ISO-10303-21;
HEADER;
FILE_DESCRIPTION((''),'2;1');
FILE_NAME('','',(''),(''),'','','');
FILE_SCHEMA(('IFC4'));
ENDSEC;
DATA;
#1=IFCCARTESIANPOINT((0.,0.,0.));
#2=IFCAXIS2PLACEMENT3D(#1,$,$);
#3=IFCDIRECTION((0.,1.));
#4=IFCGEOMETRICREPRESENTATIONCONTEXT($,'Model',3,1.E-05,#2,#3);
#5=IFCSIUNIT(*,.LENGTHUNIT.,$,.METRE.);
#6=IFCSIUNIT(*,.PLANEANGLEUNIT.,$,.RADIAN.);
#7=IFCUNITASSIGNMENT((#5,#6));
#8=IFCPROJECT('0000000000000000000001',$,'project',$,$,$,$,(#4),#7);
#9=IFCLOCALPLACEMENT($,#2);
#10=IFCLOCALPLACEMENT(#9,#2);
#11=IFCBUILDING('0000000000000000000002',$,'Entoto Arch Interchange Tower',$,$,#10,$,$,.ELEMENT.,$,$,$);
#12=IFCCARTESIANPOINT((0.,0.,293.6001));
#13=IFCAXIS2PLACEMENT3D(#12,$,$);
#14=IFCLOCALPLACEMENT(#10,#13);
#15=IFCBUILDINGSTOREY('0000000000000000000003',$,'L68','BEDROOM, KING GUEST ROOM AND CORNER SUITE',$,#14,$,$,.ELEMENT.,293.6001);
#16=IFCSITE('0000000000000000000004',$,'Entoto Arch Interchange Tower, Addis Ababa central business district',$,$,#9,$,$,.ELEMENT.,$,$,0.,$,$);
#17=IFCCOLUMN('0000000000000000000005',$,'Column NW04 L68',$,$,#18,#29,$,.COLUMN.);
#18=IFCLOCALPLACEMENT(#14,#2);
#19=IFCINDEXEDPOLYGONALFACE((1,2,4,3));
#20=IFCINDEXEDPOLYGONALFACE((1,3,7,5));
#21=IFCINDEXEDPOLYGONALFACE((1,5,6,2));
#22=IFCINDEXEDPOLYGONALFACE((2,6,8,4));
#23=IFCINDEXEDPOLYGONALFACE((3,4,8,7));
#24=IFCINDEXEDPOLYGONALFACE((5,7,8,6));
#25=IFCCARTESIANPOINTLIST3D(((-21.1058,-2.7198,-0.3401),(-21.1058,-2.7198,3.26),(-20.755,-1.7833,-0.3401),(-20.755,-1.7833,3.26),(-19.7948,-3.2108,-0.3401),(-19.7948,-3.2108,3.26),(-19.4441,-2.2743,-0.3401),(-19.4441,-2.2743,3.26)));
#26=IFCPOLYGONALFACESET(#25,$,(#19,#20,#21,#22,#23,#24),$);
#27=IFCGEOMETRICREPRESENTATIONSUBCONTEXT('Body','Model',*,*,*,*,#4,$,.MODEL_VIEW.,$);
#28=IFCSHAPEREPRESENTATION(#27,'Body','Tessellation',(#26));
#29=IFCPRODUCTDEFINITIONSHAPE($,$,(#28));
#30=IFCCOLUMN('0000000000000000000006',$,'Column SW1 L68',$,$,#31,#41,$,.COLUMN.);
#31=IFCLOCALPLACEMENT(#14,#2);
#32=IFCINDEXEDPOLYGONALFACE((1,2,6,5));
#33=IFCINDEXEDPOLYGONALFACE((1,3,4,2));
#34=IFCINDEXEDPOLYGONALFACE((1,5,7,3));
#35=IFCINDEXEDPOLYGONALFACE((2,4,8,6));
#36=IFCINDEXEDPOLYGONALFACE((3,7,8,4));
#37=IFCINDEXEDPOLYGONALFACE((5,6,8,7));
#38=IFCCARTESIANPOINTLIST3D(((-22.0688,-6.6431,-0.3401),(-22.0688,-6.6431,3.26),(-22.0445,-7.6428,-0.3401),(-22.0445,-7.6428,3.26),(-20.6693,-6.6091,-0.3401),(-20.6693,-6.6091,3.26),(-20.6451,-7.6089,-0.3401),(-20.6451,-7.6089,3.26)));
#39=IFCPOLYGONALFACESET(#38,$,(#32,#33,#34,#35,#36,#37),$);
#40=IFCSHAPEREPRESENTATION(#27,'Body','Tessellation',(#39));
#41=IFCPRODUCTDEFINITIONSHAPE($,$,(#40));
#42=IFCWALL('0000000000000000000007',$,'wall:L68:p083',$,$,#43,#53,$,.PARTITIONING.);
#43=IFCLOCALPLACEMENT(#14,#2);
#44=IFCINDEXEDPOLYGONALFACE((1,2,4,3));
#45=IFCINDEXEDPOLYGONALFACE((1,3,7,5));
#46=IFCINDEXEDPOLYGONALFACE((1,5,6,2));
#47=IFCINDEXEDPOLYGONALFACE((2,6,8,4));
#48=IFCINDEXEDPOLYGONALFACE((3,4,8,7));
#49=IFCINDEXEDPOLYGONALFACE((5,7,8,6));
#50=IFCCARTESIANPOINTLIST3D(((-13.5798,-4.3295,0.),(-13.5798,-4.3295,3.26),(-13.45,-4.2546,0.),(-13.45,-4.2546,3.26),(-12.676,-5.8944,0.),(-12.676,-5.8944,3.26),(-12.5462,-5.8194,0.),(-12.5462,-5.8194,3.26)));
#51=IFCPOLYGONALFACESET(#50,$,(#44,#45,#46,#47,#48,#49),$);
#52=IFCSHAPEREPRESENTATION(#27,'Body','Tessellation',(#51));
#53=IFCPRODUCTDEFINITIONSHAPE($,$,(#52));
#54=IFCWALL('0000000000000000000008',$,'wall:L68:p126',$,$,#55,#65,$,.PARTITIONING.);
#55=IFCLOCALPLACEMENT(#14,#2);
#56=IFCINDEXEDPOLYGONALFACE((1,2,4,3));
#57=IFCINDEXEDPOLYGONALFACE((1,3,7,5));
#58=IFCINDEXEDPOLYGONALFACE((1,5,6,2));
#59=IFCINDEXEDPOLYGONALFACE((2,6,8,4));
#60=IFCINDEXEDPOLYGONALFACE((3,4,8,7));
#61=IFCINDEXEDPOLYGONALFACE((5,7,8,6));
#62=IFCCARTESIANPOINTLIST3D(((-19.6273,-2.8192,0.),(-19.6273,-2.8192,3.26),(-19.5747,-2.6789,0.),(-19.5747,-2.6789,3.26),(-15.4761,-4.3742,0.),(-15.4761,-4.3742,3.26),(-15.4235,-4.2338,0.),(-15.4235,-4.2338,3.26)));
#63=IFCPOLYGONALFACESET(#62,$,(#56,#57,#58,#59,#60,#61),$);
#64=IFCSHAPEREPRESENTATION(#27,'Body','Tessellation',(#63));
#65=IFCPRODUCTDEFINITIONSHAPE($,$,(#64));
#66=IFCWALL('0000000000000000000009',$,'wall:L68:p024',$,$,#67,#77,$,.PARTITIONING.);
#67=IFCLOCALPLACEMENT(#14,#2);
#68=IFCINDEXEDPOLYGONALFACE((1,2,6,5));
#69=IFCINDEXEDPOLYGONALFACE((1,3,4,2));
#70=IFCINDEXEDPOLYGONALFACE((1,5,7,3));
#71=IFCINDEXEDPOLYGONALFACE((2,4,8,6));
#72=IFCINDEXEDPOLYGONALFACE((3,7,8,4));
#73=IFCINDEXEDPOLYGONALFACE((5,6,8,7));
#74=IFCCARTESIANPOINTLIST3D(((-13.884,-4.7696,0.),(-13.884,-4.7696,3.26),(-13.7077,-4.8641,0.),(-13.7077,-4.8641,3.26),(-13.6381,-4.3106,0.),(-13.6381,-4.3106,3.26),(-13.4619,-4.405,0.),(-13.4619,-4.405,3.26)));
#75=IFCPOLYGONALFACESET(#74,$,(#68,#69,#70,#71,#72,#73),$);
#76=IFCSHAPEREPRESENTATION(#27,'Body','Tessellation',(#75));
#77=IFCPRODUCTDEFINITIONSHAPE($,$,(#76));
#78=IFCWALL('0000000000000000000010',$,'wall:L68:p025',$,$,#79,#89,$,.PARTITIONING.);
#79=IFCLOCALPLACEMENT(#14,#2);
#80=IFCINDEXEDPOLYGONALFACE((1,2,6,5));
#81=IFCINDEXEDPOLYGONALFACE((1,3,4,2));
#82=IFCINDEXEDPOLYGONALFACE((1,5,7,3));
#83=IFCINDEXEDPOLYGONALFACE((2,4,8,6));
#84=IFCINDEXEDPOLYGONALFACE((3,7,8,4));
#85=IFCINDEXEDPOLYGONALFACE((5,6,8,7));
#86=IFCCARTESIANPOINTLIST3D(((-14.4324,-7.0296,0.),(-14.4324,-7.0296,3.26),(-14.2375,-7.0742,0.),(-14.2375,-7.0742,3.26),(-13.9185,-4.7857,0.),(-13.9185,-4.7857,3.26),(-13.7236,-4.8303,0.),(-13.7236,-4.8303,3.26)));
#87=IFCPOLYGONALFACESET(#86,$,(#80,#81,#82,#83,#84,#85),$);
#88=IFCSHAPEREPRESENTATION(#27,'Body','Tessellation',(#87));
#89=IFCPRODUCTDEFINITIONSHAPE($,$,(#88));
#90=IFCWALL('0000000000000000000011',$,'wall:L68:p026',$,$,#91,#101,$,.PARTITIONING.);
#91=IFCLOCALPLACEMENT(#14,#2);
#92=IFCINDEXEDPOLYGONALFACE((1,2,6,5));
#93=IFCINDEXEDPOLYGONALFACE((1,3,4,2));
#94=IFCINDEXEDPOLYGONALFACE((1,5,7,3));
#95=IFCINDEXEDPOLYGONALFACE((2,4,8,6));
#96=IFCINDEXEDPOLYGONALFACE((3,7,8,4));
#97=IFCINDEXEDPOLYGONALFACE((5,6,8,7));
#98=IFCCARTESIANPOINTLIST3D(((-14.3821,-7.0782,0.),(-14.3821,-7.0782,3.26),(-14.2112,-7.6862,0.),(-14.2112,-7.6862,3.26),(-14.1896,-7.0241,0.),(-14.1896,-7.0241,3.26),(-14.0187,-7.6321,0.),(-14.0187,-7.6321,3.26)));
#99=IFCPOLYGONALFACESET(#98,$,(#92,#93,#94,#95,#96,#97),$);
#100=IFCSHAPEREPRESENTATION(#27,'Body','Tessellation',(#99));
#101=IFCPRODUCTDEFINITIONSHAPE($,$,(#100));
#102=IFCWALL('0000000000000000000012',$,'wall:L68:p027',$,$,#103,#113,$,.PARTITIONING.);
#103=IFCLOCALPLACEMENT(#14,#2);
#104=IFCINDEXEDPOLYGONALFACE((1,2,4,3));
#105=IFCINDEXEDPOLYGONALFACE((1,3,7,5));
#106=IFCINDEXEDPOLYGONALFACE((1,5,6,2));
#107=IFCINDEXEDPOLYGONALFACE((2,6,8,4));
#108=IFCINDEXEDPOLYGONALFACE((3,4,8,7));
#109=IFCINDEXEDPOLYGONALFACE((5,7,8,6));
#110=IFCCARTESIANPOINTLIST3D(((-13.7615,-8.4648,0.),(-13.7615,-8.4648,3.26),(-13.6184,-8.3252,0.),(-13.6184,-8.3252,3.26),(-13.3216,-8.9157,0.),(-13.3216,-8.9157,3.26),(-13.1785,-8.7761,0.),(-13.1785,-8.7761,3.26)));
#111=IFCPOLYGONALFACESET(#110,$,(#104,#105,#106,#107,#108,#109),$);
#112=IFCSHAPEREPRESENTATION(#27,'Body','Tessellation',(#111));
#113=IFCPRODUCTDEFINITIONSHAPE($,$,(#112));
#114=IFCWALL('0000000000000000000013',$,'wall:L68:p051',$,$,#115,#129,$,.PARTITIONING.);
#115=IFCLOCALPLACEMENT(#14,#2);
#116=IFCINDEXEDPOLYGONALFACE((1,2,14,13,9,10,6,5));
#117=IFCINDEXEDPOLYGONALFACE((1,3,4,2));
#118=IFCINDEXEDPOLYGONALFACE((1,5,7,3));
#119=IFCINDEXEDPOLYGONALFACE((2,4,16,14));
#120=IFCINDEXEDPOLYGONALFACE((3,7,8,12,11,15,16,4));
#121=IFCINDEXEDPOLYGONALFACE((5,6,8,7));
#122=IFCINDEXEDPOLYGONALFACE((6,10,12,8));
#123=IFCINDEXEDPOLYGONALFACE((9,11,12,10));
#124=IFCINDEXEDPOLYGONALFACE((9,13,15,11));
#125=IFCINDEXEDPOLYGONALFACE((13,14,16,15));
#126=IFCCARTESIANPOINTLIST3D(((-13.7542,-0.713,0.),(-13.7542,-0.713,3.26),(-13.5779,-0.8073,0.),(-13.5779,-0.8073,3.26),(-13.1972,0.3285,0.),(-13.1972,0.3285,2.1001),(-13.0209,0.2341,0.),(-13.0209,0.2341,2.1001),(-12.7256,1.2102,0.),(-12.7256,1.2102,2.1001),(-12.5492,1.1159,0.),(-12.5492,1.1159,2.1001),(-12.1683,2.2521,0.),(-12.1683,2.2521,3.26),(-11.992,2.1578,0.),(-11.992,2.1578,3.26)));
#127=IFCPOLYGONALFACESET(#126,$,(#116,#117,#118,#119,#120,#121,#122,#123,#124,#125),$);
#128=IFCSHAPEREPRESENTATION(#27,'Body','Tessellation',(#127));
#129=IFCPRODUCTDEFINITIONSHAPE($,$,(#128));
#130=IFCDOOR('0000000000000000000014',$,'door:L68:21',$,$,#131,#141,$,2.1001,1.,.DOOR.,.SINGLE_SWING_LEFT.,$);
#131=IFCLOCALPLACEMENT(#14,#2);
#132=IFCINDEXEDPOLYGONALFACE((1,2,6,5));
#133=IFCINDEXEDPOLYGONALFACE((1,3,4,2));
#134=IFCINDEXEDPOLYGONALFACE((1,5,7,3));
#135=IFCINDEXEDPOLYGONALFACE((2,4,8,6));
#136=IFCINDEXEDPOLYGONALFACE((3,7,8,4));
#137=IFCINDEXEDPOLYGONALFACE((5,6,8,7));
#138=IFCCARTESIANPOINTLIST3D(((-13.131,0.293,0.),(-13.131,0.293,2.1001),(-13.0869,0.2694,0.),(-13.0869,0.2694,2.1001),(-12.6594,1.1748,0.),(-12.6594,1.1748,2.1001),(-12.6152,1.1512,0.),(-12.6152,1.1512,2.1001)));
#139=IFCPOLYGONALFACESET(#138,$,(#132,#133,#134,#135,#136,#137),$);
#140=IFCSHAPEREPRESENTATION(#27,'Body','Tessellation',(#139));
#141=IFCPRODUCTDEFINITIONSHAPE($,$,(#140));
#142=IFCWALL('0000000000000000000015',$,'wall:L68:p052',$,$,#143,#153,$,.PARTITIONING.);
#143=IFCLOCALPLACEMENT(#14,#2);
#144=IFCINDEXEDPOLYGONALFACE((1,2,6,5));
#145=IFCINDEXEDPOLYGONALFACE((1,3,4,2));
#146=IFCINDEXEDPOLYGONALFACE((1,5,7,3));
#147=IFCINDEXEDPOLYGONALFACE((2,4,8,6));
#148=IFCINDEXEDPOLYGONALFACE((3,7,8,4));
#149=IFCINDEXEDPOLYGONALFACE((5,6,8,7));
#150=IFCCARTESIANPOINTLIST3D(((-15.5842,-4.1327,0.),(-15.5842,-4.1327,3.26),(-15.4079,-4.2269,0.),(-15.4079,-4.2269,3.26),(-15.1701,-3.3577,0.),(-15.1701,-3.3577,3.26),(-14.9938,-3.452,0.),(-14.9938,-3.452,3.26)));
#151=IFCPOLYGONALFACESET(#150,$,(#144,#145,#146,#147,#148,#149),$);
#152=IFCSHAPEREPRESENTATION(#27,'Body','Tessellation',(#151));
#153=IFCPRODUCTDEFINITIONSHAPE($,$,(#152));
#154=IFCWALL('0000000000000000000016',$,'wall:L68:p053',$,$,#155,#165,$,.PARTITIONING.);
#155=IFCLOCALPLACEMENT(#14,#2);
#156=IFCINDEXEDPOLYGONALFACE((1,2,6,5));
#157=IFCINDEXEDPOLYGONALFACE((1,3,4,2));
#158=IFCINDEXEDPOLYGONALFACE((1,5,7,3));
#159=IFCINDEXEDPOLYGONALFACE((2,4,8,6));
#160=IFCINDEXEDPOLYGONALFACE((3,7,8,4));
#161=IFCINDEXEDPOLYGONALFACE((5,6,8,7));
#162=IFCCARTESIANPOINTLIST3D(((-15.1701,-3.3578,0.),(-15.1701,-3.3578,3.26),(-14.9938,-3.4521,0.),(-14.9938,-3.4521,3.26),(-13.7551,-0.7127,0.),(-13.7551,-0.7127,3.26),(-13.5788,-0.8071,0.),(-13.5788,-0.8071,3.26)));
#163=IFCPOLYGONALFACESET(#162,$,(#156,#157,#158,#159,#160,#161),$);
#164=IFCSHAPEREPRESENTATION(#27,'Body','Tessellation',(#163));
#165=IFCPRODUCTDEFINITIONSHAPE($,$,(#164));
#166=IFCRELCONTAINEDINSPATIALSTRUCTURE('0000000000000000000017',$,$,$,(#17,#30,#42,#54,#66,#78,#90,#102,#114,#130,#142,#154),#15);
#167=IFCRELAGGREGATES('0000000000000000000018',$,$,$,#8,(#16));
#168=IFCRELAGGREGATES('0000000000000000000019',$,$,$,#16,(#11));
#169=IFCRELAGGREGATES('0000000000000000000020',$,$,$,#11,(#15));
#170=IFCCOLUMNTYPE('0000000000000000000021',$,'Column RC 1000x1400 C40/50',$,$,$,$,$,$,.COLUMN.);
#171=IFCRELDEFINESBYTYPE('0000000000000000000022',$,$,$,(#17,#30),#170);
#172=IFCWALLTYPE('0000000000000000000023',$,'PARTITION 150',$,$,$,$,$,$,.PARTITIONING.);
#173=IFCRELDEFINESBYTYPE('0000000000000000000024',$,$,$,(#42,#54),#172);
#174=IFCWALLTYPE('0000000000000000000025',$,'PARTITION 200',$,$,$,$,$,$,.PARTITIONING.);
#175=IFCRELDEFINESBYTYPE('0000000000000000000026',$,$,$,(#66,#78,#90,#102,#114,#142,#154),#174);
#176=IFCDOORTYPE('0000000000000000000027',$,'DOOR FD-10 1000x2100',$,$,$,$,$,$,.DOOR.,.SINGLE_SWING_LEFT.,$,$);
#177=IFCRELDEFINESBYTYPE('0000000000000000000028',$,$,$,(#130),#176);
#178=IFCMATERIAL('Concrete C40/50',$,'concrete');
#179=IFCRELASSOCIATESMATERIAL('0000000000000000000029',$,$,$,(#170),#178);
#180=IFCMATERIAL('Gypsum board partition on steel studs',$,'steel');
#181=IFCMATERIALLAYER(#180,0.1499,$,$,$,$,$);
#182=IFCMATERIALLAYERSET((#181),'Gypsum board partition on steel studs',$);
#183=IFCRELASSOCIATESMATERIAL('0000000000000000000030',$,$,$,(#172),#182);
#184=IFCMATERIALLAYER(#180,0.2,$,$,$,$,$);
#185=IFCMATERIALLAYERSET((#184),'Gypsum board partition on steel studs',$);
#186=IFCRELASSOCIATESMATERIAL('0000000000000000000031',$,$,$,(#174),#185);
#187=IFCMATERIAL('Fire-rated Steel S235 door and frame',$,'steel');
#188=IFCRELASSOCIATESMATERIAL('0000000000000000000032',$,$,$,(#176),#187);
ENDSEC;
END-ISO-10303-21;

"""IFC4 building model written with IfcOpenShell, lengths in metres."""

from ifc_helpers import new_model, si_unit, direction, frame, frame_2d, origin, origin_2d, place, context, subcontext, project, spatial, rectangle, extrude, material, layer, layer_set, material_profile, profile_set, type_object, element, fill, save


model = new_model("IFC4")

# Units and contexts
model_context = context("Model", 3, precision=1e-05, world=origin(), true_north=direction((0.0, 1.0)))
body_context = subcontext(model_context, "Body", "Model", "MODEL_VIEW")
ifc_project = project(units=[si_unit("LENGTHUNIT", "METRE"), si_unit("PLANEANGLEUNIT", "RADIAN")], contexts=[model_context])

# Site, building, storey
site_placement = place(None, origin())
site = spatial("IfcSite", under=ifc_project, at=site_placement, Name="Entoto Arch Interchange Tower, Addis Ababa central business district", CompositionType="ELEMENT", RefElevation=0.0)
building_placement = place(site_placement, origin())
building = spatial("IfcBuilding", under=site, at=building_placement, Name="Entoto Arch Interchange Tower", CompositionType="ELEMENT")
storey_placement = place(building_placement, frame((0.0, 0.0, 293.6001)))
storey = spatial("IfcBuildingStorey", under=building, at=storey_placement, Name="L68", Description="BEDROOM, KING GUEST ROOM AND CORNER SUITE", CompositionType="ELEMENT", Elevation=293.6001)

# Columns
ifc_material_1 = material(Name="Concrete C40/50", Category="concrete")
ifc_material_profile = material_profile(ifc_material_1, rectangle(XDim=1.0, YDim=1.3999, at=origin_2d()))
ifc_profile_set = profile_set([ifc_material_profile], Name="Concrete C40/50")
column_type = type_object("IfcColumnType", Name="Column RC 1000x1400 C40/50", PredefinedType="COLUMN", material=ifc_profile_set)
for number, where, z_axis, x_axis, name in (
    (1, (-20.2749, -2.4971, -0.3401), (0.0, 0.0, 1.0), (0.350714, 0.936483, 0.0), "Column NW04 L68"),
    (2, (-21.3569, -7.126, -0.3401), (0.0, 0.0, 1.0), (-0.024258, 0.999706, 0.0), "Column SW1 L68"),
):
    element("IfcColumn", number, at=place(storey_placement, frame(where, z_axis=z_axis, x_axis=x_axis)), inside=storey, type_object=column_type, Name=name, PredefinedType="COLUMN", context=body_context, shape_type="SweptSolid", body=[
        extrude(rectangle(XDim=1.0, YDim=1.3999, at=origin_2d()), origin(), (0.0, 0.0, 1.0), 3.6001),
    ])

# Walls
ifc_material_2 = material(Name="Gypsum board partition on steel studs", Category="steel")
ifc_layer_1 = layer(ifc_material_2, 0.1499)
ifc_layer_set_1 = layer_set([ifc_layer_1], Name="Gypsum board partition on steel studs")
wall_type_1 = type_object("IfcWallType", Name="PARTITION 150", PredefinedType="PARTITIONING", material=ifc_layer_set_1)
wall_1_placement = place(storey_placement, frame((-12.6111, -5.8569, 0.0), z_axis=(0.0, 0.0, 1.0), x_axis=(-0.50012, 0.865956, 0.0)))
element("IfcWall", 3, at=wall_1_placement, inside=storey, type_object=wall_type_1, Name="wall:L68:p083", PredefinedType="PARTITIONING", context=body_context, shape_type="SweptSolid", body=[
    extrude(rectangle(XDim=1.8071, YDim=0.1499, at=frame_2d((0.9036, 0.0))), origin(), (0.0, 0.0, 1.0), 3.26),
])
wall_2_placement = place(storey_placement, frame((-15.45, -4.304, 0.0), z_axis=(0.0, 0.0, 1.0), x_axis=(-0.936458, 0.350779, 0.0)))
element("IfcWall", 4, at=wall_2_placement, inside=storey, type_object=wall_type_1, Name="wall:L68:p126", PredefinedType="PARTITIONING", context=body_context, shape_type="SweptSolid", body=[
    extrude(rectangle(XDim=4.4329, YDim=0.1499, at=frame_2d((2.2163, 0.0))), origin(), (0.0, 0.0, 1.0), 3.26),
])
ifc_layer_2 = layer(ifc_material_2, 0.2)
ifc_layer_set_2 = layer_set([ifc_layer_2], Name="Gypsum board partition on steel studs")
wall_type_2 = type_object("IfcWallType", Name="PARTITION 200", PredefinedType="PARTITIONING", material=ifc_layer_set_2)
wall_3_placement = place(storey_placement, frame((-13.55, -4.3579, 0.0), z_axis=(0.0, 0.0, 1.0), x_axis=(-0.472169, -0.881508, 0.0)))
element("IfcWall", 5, at=wall_3_placement, inside=storey, type_object=wall_type_2, Name="wall:L68:p024", PredefinedType="PARTITIONING", context=body_context, shape_type="SweptSolid", body=[
    extrude(rectangle(XDim=0.5208, YDim=0.2, at=frame_2d((0.2603, 0.0))), origin(), (0.0, 0.0, 1.0), 3.26),
])
wall_4_placement = place(storey_placement, frame((-13.821, -4.8081, 0.0), z_axis=(0.0, 0.0, 1.0), x_axis=(-0.223248, -0.974762, 0.0)))
element("IfcWall", 6, at=wall_4_placement, inside=storey, type_object=wall_type_2, Name="wall:L68:p025", PredefinedType="PARTITIONING", context=body_context, shape_type="SweptSolid", body=[
    extrude(rectangle(XDim=2.302, YDim=0.2, at=frame_2d((1.1509, 0.0))), origin(), (0.0, 0.0, 1.0), 3.26),
])
wall_5_placement = place(storey_placement, frame((-14.2859, -7.051, 0.0), z_axis=(0.0, 0.0, 1.0), x_axis=(0.270634, -0.962682, 0.0)))
element("IfcWall", 7, at=wall_5_placement, inside=storey, type_object=wall_type_2, Name="wall:L68:p026", PredefinedType="PARTITIONING", context=body_context, shape_type="SweptSolid", body=[
    extrude(rectangle(XDim=0.6316, YDim=0.2, at=frame_2d((0.3159, 0.0))), origin(), (0.0, 0.0, 1.0), 3.26),
])
wall_6_placement = place(storey_placement, frame((-13.6899, -8.395, 0.0), z_axis=(0.0, 0.0, 1.0), x_axis=(0.698334, -0.715772, 0.0)))
element("IfcWall", 8, at=wall_6_placement, inside=storey, type_object=wall_type_2, Name="wall:L68:p027", PredefinedType="PARTITIONING", context=body_context, shape_type="SweptSolid", body=[
    extrude(rectangle(XDim=0.6299, YDim=0.2, at=frame_2d((0.3149, 0.0))), origin(), (0.0, 0.0, 1.0), 3.26),
])

# Wall, opening, door
wall_7_placement = place(storey_placement, frame((-13.666, -0.76, 0.0), z_axis=(0.0, 0.0, 1.0), x_axis=(0.471643, 0.88179, 0.0)))
wall_7 = element("IfcWall", 9, at=wall_7_placement, inside=storey, type_object=wall_type_2, Name="wall:L68:p051", PredefinedType="PARTITIONING", context=body_context, shape_type="SweptSolid", body=[
    extrude(rectangle(XDim=3.3625, YDim=0.2, at=frame_2d((1.6812, 0.0))), origin(), (0.0, 0.0, 1.0), 3.26),
])
opening_1_placement = place(wall_7_placement, frame((1.1809, 0.0, 0.0)))
opening_1 = element("IfcOpeningElement", 10, at=opening_1_placement, cuts=wall_7, PredefinedType="OPENING", context=body_context, shape_type="SweptSolid", body=[
    extrude(rectangle(XDim=1.0, YDim=2.1001, at=frame_2d((0.5, 1.05))), frame((0.0, 0.1099, 0.0), z_axis=(0.0, -1.0, 0.0), x_axis=(1.0, 0.0, 0.0)), (0.0, 0.0, 1.0), 0.22),
])
ifc_material_3 = material(Name="Fire-rated Steel S235 door and frame", Category="steel")
door_type = type_object("IfcDoorType", Name="DOOR FD-10 1000x2100", OperationType="SINGLE_SWING_LEFT", PredefinedType="DOOR", material=ifc_material_3)
door_1_placement = place(opening_1_placement, origin())
door_1 = element("IfcDoor", 11, at=door_1_placement, inside=storey, type_object=door_type, Name="door:L68:21", OperationType="SINGLE_SWING_LEFT", OverallHeight=2.1001, OverallWidth=1.0, PredefinedType="DOOR", context=body_context, shape_type="SweptSolid", body=[
    extrude(rectangle(XDim=1.0, YDim=2.1001, at=frame_2d((0.5, 1.05))), frame((0.0, 0.0249, 0.0), z_axis=(0.0, -1.0, 0.0), x_axis=(1.0, 0.0, 0.0)), (0.0, 0.0, 1.0), 0.05),
])
fill(opening_1, door_1)

# Walls
wall_8_placement = place(storey_placement, frame((-15.4961, -4.1799, 0.0), z_axis=(0.0, 0.0, 1.0), x_axis=(0.47128, 0.881983, 0.0)))
element("IfcWall", 12, at=wall_8_placement, inside=storey, type_object=wall_type_2, Name="wall:L68:p052", PredefinedType="PARTITIONING", context=body_context, shape_type="SweptSolid", body=[
    extrude(rectangle(XDim=0.8787, YDim=0.2, at=frame_2d((0.4395, 0.0))), origin(), (0.0, 0.0, 1.0), 3.26),
])
wall_9_placement = place(storey_placement, frame((-15.082, -3.405, 0.0), z_axis=(0.0, 0.0, 1.0), x_axis=(0.47172, 0.881748, 0.0)))
element("IfcWall", 13, at=wall_9_placement, inside=storey, type_object=wall_type_2, Name="wall:L68:p053", PredefinedType="PARTITIONING", context=body_context, shape_type="SweptSolid", body=[
    extrude(rectangle(XDim=2.9998, YDim=0.2, at=frame_2d((1.5, 0.0))), origin(), (0.0, 0.0, 1.0), 3.26),
])

save(model, "model.ifc")
